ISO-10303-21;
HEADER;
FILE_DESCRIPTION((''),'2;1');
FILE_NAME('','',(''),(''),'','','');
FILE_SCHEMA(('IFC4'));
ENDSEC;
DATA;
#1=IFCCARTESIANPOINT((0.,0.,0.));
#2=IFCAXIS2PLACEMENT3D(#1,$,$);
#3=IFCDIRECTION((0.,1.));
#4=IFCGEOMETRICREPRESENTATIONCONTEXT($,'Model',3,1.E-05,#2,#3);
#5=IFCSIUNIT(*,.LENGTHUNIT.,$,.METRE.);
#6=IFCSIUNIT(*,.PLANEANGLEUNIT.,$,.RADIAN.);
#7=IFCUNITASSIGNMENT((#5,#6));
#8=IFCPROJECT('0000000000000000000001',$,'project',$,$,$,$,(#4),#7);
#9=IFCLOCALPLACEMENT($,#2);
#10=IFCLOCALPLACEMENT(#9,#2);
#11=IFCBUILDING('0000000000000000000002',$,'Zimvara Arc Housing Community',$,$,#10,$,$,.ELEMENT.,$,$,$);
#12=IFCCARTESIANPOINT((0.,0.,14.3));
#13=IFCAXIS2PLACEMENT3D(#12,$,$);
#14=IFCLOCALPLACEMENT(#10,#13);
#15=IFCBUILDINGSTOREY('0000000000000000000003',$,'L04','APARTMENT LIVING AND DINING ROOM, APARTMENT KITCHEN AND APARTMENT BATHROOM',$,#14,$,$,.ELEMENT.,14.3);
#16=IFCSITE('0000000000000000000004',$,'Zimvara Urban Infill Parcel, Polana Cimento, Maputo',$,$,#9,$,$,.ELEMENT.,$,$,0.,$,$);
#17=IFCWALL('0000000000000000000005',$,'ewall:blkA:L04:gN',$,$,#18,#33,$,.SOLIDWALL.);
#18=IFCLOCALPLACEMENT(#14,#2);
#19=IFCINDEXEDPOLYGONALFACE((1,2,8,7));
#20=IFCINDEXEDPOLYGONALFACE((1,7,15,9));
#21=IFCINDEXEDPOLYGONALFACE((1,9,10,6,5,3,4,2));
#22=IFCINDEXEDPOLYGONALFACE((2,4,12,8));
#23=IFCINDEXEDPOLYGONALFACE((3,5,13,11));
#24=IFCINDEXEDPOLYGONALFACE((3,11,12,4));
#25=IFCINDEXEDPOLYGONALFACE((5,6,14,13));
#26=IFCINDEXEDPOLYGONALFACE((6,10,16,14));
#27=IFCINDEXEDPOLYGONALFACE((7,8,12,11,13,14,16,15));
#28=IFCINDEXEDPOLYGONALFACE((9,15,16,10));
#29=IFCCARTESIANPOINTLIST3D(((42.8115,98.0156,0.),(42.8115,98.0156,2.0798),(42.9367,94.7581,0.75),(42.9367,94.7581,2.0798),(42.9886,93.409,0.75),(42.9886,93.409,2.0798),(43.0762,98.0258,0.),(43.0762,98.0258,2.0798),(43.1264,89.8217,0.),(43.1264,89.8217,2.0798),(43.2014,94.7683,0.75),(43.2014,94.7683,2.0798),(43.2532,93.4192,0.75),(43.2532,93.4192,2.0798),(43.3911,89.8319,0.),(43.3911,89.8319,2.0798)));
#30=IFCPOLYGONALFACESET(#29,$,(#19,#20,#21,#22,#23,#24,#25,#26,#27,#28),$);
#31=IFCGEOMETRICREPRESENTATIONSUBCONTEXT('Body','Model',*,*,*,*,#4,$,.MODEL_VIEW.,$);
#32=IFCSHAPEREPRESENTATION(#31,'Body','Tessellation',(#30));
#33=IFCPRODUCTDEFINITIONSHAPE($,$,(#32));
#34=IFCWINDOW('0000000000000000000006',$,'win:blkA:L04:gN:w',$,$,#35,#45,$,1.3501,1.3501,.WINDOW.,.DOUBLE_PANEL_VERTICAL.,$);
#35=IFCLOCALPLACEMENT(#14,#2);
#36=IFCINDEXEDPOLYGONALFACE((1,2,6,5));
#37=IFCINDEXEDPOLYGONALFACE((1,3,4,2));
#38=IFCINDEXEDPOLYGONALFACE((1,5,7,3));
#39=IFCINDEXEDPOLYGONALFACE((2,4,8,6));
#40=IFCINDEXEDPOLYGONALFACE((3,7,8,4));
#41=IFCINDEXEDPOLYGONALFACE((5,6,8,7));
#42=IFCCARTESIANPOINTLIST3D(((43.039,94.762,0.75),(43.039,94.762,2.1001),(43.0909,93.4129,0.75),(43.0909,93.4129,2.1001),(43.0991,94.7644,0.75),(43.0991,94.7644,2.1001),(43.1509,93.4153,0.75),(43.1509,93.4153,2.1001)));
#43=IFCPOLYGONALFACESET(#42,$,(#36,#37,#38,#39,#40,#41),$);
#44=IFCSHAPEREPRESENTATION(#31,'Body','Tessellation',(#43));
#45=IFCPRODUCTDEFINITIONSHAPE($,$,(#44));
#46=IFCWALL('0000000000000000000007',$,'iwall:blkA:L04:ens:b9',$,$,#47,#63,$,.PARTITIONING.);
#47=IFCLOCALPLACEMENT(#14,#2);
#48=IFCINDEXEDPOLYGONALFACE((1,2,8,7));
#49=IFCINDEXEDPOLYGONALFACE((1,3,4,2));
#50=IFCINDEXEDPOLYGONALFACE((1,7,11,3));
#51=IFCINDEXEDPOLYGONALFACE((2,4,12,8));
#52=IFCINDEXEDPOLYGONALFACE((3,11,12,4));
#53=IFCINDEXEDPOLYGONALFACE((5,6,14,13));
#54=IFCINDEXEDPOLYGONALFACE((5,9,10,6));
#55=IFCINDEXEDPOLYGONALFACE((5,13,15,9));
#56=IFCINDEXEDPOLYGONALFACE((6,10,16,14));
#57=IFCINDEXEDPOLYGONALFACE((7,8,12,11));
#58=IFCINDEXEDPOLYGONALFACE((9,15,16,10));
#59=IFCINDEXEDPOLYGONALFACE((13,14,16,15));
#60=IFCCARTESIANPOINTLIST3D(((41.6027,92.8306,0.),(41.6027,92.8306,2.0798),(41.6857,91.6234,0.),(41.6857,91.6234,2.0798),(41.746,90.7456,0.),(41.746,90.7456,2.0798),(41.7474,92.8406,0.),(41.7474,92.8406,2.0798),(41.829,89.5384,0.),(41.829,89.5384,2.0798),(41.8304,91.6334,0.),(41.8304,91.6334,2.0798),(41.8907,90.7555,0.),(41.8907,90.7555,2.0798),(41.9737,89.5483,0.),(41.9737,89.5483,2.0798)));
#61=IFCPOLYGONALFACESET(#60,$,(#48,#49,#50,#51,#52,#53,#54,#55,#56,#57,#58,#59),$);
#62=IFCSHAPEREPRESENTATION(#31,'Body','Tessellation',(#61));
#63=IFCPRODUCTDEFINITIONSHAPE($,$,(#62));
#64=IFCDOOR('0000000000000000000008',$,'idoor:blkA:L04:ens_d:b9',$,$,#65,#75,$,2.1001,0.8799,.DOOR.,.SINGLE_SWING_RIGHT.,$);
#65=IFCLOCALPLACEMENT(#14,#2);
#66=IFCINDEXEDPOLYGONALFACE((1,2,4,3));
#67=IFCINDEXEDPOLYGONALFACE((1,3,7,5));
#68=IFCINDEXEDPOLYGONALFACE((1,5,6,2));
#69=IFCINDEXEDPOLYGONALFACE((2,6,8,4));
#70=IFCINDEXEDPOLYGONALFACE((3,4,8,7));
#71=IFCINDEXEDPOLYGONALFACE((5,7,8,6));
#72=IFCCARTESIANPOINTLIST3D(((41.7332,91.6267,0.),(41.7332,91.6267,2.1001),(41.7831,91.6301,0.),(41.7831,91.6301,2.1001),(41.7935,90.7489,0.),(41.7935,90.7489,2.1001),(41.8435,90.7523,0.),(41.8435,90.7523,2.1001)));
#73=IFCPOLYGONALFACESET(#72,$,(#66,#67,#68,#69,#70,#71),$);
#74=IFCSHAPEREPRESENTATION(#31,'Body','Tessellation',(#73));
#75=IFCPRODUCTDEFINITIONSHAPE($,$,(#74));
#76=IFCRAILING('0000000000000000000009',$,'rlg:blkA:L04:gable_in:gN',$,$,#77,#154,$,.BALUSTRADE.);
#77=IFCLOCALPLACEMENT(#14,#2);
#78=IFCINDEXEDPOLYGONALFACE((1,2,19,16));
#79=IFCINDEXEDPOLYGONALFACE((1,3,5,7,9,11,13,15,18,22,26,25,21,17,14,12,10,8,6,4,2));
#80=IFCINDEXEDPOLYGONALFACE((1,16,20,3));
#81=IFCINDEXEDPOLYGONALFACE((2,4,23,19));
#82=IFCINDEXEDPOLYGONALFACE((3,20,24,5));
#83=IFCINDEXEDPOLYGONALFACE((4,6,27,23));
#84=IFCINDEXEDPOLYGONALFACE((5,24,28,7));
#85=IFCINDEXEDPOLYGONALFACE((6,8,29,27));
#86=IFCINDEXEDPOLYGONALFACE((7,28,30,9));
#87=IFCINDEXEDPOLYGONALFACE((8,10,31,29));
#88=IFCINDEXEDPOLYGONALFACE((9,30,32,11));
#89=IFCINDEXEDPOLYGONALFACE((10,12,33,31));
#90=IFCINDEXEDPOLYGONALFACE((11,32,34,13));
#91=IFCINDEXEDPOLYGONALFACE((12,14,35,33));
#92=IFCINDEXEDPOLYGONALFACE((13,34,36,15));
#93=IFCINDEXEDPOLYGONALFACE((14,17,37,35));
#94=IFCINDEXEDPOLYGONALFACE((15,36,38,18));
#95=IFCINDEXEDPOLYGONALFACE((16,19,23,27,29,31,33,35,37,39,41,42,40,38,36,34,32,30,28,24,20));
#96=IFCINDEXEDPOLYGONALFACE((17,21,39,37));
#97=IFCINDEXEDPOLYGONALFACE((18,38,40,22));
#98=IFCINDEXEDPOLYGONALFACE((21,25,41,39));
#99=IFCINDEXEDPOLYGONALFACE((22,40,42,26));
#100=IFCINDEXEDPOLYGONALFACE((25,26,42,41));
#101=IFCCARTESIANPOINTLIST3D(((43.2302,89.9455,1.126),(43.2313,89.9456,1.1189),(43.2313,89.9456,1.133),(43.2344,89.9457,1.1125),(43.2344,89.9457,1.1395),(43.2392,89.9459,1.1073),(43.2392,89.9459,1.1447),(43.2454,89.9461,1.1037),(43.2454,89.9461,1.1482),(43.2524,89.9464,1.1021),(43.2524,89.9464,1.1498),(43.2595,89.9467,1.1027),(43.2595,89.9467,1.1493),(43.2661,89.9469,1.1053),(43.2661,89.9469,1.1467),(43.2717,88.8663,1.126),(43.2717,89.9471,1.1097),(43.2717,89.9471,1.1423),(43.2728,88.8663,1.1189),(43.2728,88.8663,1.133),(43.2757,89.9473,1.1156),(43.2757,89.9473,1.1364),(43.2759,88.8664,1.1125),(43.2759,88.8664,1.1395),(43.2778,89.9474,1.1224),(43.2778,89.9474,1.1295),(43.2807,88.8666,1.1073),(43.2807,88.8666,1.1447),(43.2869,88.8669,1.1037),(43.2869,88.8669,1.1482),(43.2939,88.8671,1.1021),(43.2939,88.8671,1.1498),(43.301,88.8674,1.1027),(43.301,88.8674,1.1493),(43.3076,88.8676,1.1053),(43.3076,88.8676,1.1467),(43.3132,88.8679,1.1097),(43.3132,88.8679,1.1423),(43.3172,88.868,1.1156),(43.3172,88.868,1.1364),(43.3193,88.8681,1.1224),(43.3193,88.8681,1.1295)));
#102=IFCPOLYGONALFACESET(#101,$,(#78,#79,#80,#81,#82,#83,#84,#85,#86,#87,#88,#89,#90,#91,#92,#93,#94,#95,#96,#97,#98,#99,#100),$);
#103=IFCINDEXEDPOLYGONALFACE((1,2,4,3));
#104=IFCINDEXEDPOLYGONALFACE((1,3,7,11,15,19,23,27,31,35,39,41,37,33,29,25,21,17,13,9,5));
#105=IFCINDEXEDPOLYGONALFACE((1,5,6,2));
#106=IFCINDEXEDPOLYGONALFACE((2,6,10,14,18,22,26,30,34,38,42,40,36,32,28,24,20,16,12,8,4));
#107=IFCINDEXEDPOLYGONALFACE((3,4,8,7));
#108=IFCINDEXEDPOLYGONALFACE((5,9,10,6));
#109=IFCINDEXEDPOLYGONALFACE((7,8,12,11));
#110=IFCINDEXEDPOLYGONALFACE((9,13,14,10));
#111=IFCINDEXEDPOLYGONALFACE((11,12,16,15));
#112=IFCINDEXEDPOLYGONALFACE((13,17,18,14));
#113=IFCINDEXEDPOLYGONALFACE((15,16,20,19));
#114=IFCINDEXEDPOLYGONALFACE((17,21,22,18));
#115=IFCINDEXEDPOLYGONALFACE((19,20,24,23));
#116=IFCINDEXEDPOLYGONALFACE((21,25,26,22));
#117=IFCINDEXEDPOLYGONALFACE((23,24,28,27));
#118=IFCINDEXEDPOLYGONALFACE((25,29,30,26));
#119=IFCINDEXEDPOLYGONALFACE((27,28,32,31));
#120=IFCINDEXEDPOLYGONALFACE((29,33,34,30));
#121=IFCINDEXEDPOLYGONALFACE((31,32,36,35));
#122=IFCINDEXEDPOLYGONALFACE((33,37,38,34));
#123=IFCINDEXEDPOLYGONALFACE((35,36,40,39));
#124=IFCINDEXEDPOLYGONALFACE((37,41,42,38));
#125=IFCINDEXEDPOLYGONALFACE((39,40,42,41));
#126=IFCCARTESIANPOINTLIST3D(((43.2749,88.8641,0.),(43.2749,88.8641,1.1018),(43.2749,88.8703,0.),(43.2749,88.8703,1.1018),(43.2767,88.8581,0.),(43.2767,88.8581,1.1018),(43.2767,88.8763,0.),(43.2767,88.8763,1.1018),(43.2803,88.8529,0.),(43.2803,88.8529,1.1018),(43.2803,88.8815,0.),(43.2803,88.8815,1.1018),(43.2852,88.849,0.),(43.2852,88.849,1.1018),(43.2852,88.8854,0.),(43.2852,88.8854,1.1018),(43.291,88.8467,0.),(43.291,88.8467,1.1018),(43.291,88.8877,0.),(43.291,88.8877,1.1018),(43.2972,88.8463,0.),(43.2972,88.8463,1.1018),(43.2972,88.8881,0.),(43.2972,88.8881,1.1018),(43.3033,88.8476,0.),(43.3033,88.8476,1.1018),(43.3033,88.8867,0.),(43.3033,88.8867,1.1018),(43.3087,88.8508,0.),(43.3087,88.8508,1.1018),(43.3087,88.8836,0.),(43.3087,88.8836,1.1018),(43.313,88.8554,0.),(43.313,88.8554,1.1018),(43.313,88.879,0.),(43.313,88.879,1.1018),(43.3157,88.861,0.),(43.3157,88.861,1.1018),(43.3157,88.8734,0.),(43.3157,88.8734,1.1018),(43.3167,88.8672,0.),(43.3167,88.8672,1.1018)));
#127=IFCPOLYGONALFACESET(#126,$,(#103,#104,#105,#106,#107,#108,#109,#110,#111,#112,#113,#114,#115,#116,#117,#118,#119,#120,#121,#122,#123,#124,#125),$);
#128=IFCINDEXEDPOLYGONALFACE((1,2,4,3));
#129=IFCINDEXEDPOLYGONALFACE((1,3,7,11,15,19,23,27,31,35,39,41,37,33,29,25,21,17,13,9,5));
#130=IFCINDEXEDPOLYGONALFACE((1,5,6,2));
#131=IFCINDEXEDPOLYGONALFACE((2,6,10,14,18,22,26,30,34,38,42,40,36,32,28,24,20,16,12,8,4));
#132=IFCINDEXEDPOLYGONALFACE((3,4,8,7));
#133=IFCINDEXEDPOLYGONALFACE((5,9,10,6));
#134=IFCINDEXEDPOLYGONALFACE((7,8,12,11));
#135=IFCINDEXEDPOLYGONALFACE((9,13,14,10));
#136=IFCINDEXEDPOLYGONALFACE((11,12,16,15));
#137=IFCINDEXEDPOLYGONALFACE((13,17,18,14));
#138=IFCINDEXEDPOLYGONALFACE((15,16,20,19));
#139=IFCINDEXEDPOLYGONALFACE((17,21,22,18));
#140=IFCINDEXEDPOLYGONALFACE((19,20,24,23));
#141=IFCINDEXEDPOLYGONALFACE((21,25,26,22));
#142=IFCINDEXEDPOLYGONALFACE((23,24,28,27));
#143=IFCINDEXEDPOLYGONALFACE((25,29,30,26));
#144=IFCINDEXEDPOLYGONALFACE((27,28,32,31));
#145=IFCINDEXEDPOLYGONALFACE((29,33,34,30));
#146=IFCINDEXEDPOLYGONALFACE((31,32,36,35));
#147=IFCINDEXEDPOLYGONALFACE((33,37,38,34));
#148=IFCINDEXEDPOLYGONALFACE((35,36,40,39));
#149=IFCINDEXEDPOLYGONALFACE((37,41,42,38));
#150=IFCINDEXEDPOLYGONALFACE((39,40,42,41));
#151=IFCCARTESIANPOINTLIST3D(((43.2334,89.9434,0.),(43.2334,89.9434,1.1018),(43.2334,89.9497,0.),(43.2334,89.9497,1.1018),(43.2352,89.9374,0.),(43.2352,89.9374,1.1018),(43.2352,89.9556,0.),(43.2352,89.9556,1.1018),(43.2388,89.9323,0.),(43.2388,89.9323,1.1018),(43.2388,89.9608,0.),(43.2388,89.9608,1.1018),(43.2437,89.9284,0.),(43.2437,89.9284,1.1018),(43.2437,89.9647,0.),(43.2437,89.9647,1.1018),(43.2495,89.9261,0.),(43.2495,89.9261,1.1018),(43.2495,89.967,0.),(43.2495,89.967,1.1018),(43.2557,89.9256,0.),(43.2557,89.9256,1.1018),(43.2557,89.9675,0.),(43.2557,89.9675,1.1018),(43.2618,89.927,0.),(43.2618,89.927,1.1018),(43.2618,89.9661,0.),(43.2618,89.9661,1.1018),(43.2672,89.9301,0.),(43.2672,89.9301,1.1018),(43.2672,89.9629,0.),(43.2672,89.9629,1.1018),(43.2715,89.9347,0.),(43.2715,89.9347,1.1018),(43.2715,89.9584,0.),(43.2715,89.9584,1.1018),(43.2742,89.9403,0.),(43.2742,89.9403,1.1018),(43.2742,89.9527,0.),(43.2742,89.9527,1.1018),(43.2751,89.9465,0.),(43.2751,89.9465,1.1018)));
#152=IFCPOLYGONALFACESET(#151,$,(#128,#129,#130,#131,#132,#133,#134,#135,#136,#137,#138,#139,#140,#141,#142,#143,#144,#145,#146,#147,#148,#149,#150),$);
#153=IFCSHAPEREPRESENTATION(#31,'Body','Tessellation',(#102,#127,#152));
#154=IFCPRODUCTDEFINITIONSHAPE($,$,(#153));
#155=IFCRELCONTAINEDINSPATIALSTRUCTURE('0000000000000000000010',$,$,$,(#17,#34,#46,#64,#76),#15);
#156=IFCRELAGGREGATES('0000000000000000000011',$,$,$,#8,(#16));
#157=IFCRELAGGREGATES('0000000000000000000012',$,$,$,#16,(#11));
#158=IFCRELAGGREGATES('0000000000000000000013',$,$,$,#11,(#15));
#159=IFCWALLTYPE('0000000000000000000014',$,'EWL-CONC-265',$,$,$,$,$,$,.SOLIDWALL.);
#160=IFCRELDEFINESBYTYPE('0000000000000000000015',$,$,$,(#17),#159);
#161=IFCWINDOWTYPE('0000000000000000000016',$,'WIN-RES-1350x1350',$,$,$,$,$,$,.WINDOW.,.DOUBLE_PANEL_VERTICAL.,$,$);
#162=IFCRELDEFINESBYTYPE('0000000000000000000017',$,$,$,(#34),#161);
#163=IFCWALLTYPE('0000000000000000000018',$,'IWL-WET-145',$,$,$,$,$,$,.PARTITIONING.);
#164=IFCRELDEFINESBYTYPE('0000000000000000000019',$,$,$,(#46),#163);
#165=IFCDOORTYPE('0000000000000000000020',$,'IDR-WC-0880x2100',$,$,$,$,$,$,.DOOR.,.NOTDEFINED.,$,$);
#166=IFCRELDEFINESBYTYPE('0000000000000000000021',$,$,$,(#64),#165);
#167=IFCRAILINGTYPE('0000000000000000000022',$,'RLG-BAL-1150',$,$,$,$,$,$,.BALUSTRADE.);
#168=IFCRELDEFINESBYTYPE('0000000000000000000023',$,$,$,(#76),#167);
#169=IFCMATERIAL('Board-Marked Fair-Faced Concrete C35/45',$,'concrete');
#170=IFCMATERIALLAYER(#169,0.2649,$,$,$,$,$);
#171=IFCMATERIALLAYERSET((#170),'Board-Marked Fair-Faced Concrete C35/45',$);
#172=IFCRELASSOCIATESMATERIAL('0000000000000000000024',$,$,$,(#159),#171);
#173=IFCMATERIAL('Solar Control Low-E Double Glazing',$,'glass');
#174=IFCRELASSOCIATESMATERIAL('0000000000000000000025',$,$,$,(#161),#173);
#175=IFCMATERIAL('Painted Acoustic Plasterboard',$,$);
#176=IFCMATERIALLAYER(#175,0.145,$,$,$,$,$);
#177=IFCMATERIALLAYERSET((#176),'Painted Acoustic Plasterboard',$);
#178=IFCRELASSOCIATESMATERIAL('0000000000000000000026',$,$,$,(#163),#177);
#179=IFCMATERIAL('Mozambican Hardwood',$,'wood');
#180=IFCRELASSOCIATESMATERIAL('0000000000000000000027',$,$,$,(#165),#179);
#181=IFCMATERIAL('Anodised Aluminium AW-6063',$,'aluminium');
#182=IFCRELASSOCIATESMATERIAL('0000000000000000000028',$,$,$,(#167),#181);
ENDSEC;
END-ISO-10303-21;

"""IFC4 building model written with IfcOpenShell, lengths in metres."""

from ifc_helpers import new_model, si_unit, direction, frame, frame_2d, origin, origin_2d, place, context, subcontext, project, spatial, rectangle, circle, extrude, material, layer, layer_set, type_object, element, fill, save


model = new_model("IFC4")

# Units and contexts
model_context = context("Model", 3, precision=1e-05, world=origin(), true_north=direction((0.0, 1.0)))
body_context = subcontext(model_context, "Body", "Model", "MODEL_VIEW")
ifc_project = project(units=[si_unit("LENGTHUNIT", "METRE"), si_unit("PLANEANGLEUNIT", "RADIAN")], contexts=[model_context])

# Site, building, storey
site_placement = place(None, origin())
site = spatial("IfcSite", under=ifc_project, at=site_placement, Name="Zimvara Urban Infill Parcel, Polana Cimento, Maputo", CompositionType="ELEMENT", RefElevation=0.0)
building_placement = place(site_placement, origin())
building = spatial("IfcBuilding", under=site, at=building_placement, Name="Zimvara Arc Housing Community", CompositionType="ELEMENT")
storey_placement = place(building_placement, frame((0.0, 0.0, 14.3)))
storey = spatial("IfcBuildingStorey", under=building, at=storey_placement, Name="L04", Description="APARTMENT LIVING AND DINING ROOM, APARTMENT KITCHEN AND APARTMENT BATHROOM", CompositionType="ELEMENT", Elevation=14.3)

# Wall, opening, window
ifc_material_1 = material(Name="Board-Marked Fair-Faced Concrete C35/45", Category="concrete")
ifc_layer_1 = layer(ifc_material_1, 0.2649)
ifc_layer_set_1 = layer_set([ifc_layer_1], Name="Board-Marked Fair-Faced Concrete C35/45")
wall_type_1 = type_object("IfcWallType", Name="EWL-CONC-265", PredefinedType="SOLIDWALL", material=ifc_layer_set_1)
wall_1_placement = place(storey_placement, frame((43.2588, 89.8267, 0.0), z_axis=(0.0, 0.0, 1.0), x_axis=(-0.038408, 0.999262, 0.0)))
wall_1 = element("IfcWall", 1, at=wall_1_placement, inside=storey, type_object=wall_type_1, Name="ewall:blkA:L04:gN", PredefinedType="SOLIDWALL", context=body_context, shape_type="SweptSolid", body=[
    extrude(rectangle(XDim=8.2, YDim=0.2649, at=frame_2d((4.1001, 0.0))), origin(), (0.0, 0.0, 1.0), 2.0798),
])
opening_1_placement = place(wall_1_placement, frame((3.5901, 0.0, 0.75)))
opening_1 = element("IfcOpeningElement", 2, at=opening_1_placement, cuts=wall_1, PredefinedType="OPENING", context=body_context, shape_type="SweptSolid", body=[
    extrude(rectangle(XDim=1.3501, YDim=1.3501, at=frame_2d((0.675, 0.675))), frame((0.0, 0.1423, 0.0), z_axis=(0.0, -1.0, 0.0), x_axis=(1.0, 0.0, 0.0)), (0.0, 0.0, 1.0), 0.2849),
])
ifc_material_2 = material(Name="Solar Control Low-E Double Glazing", Category="glass")
window_type = type_object("IfcWindowType", Name="WIN-RES-1350x1350", PartitioningType="DOUBLE_PANEL_VERTICAL", PredefinedType="WINDOW", material=ifc_material_2)
window_placement = place(opening_1_placement, origin())
window = element("IfcWindow", 3, at=window_placement, inside=storey, type_object=window_type, Name="win:blkA:L04:gN:w", OverallHeight=1.3501, OverallWidth=1.3501, PartitioningType="DOUBLE_PANEL_VERTICAL", PredefinedType="WINDOW", context=body_context, shape_type="SweptSolid", body=[
    extrude(rectangle(XDim=1.3501, YDim=1.3501, at=frame_2d((0.675, 0.675))), frame((0.0, 0.03, 0.0), z_axis=(0.0, -1.0, 0.0), x_axis=(1.0, 0.0, 0.0)), (0.0, 0.0, 1.0), 0.0601),
])
fill(opening_1, window)

# Wall, opening, door
ifc_material_3 = material(Name="Painted Acoustic Plasterboard")
ifc_layer_2 = layer(ifc_material_3, 0.145)
ifc_layer_set_2 = layer_set([ifc_layer_2], Name="Painted Acoustic Plasterboard")
wall_type_2 = type_object("IfcWallType", Name="IWL-WET-145", PredefinedType="PARTITIONING", material=ifc_layer_set_2)
wall_2_placement = place(storey_placement, frame((41.9014, 89.5435, 0.0), z_axis=(0.0, 0.0, 1.0), x_axis=(-0.068581, 0.997646, 0.0)))
wall_2 = element("IfcWall", 4, at=wall_2_placement, inside=storey, type_object=wall_type_2, Name="iwall:blkA:L04:ens:b9", PredefinedType="PARTITIONING", context=body_context, shape_type="SweptSolid", body=[
    extrude(rectangle(XDim=3.3, YDim=0.145, at=frame_2d((1.6499, 0.0))), origin(), (0.0, 0.0, 1.0), 2.0798),
])
opening_2_placement = place(wall_2_placement, frame((1.21, 0.0, 0.0)))
opening_2 = element("IfcOpeningElement", 5, at=opening_2_placement, cuts=wall_2, PredefinedType="OPENING", context=body_context, shape_type="SweptSolid", body=[
    extrude(rectangle(XDim=0.8799, YDim=2.1001, at=frame_2d((0.4399, 1.05))), frame((0.0, 0.0825, 0.0), z_axis=(0.0, -1.0, 0.0), x_axis=(1.0, 0.0, 0.0)), (0.0, 0.0, 1.0), 0.165),
])
ifc_material_4 = material(Name="Mozambican Hardwood", Category="wood")
door_type = type_object("IfcDoorType", Name="IDR-WC-0880x2100", OperationType="NOTDEFINED", PredefinedType="DOOR", material=ifc_material_4)
door_placement = place(opening_2_placement, origin())
door = element("IfcDoor", 6, at=door_placement, inside=storey, type_object=door_type, Name="idoor:blkA:L04:ens_d:b9", OperationType="SINGLE_SWING_RIGHT", OverallHeight=2.1001, OverallWidth=0.8799, PredefinedType="DOOR", context=body_context, shape_type="SweptSolid", body=[
    extrude(rectangle(XDim=0.8799, YDim=2.1001, at=frame_2d((0.4399, 1.05))), frame((0.0, 0.0249, 0.0), z_axis=(0.0, -1.0, 0.0), x_axis=(1.0, 0.0, 0.0)), (0.0, 0.0, 1.0), 0.05),
])
fill(opening_2, door)

# Railing
ifc_material_5 = material(Name="Anodised Aluminium AW-6063", Category="aluminium")
railing_type = type_object("IfcRailingType", Name="RLG-BAL-1150", PredefinedType="BALUSTRADE", material=ifc_material_5)
railing_1_placement = place(storey_placement, frame((43.2957, 88.8672, 0.0)))
element("IfcRailing", 7, at=railing_1_placement, inside=storey, type_object=railing_type, Name="rlg:blkA:L04:gable_in:gN", PredefinedType="BALUSTRADE", context=body_context, shape_type="SweptSolid", body=[
    extrude(circle(Radius=0.0239, at=origin_2d()), frame((0.0, 0.0, 1.126), z_axis=(-0.038424, 0.999262, 0.0), x_axis=(-0.999262, -0.038424, 0.0)), (0.0, 0.0, 1.0), 1.0801),
    extrude(circle(Radius=0.021, at=origin_2d()), origin(), (0.0, 0.0, 1.0), 1.1018),
    extrude(circle(Radius=0.021, at=origin_2d()), frame((-0.0415, 1.0793, 0.0)), (0.0, 0.0, 1.0), 1.1018),
])

save(model, "model.ifc")
